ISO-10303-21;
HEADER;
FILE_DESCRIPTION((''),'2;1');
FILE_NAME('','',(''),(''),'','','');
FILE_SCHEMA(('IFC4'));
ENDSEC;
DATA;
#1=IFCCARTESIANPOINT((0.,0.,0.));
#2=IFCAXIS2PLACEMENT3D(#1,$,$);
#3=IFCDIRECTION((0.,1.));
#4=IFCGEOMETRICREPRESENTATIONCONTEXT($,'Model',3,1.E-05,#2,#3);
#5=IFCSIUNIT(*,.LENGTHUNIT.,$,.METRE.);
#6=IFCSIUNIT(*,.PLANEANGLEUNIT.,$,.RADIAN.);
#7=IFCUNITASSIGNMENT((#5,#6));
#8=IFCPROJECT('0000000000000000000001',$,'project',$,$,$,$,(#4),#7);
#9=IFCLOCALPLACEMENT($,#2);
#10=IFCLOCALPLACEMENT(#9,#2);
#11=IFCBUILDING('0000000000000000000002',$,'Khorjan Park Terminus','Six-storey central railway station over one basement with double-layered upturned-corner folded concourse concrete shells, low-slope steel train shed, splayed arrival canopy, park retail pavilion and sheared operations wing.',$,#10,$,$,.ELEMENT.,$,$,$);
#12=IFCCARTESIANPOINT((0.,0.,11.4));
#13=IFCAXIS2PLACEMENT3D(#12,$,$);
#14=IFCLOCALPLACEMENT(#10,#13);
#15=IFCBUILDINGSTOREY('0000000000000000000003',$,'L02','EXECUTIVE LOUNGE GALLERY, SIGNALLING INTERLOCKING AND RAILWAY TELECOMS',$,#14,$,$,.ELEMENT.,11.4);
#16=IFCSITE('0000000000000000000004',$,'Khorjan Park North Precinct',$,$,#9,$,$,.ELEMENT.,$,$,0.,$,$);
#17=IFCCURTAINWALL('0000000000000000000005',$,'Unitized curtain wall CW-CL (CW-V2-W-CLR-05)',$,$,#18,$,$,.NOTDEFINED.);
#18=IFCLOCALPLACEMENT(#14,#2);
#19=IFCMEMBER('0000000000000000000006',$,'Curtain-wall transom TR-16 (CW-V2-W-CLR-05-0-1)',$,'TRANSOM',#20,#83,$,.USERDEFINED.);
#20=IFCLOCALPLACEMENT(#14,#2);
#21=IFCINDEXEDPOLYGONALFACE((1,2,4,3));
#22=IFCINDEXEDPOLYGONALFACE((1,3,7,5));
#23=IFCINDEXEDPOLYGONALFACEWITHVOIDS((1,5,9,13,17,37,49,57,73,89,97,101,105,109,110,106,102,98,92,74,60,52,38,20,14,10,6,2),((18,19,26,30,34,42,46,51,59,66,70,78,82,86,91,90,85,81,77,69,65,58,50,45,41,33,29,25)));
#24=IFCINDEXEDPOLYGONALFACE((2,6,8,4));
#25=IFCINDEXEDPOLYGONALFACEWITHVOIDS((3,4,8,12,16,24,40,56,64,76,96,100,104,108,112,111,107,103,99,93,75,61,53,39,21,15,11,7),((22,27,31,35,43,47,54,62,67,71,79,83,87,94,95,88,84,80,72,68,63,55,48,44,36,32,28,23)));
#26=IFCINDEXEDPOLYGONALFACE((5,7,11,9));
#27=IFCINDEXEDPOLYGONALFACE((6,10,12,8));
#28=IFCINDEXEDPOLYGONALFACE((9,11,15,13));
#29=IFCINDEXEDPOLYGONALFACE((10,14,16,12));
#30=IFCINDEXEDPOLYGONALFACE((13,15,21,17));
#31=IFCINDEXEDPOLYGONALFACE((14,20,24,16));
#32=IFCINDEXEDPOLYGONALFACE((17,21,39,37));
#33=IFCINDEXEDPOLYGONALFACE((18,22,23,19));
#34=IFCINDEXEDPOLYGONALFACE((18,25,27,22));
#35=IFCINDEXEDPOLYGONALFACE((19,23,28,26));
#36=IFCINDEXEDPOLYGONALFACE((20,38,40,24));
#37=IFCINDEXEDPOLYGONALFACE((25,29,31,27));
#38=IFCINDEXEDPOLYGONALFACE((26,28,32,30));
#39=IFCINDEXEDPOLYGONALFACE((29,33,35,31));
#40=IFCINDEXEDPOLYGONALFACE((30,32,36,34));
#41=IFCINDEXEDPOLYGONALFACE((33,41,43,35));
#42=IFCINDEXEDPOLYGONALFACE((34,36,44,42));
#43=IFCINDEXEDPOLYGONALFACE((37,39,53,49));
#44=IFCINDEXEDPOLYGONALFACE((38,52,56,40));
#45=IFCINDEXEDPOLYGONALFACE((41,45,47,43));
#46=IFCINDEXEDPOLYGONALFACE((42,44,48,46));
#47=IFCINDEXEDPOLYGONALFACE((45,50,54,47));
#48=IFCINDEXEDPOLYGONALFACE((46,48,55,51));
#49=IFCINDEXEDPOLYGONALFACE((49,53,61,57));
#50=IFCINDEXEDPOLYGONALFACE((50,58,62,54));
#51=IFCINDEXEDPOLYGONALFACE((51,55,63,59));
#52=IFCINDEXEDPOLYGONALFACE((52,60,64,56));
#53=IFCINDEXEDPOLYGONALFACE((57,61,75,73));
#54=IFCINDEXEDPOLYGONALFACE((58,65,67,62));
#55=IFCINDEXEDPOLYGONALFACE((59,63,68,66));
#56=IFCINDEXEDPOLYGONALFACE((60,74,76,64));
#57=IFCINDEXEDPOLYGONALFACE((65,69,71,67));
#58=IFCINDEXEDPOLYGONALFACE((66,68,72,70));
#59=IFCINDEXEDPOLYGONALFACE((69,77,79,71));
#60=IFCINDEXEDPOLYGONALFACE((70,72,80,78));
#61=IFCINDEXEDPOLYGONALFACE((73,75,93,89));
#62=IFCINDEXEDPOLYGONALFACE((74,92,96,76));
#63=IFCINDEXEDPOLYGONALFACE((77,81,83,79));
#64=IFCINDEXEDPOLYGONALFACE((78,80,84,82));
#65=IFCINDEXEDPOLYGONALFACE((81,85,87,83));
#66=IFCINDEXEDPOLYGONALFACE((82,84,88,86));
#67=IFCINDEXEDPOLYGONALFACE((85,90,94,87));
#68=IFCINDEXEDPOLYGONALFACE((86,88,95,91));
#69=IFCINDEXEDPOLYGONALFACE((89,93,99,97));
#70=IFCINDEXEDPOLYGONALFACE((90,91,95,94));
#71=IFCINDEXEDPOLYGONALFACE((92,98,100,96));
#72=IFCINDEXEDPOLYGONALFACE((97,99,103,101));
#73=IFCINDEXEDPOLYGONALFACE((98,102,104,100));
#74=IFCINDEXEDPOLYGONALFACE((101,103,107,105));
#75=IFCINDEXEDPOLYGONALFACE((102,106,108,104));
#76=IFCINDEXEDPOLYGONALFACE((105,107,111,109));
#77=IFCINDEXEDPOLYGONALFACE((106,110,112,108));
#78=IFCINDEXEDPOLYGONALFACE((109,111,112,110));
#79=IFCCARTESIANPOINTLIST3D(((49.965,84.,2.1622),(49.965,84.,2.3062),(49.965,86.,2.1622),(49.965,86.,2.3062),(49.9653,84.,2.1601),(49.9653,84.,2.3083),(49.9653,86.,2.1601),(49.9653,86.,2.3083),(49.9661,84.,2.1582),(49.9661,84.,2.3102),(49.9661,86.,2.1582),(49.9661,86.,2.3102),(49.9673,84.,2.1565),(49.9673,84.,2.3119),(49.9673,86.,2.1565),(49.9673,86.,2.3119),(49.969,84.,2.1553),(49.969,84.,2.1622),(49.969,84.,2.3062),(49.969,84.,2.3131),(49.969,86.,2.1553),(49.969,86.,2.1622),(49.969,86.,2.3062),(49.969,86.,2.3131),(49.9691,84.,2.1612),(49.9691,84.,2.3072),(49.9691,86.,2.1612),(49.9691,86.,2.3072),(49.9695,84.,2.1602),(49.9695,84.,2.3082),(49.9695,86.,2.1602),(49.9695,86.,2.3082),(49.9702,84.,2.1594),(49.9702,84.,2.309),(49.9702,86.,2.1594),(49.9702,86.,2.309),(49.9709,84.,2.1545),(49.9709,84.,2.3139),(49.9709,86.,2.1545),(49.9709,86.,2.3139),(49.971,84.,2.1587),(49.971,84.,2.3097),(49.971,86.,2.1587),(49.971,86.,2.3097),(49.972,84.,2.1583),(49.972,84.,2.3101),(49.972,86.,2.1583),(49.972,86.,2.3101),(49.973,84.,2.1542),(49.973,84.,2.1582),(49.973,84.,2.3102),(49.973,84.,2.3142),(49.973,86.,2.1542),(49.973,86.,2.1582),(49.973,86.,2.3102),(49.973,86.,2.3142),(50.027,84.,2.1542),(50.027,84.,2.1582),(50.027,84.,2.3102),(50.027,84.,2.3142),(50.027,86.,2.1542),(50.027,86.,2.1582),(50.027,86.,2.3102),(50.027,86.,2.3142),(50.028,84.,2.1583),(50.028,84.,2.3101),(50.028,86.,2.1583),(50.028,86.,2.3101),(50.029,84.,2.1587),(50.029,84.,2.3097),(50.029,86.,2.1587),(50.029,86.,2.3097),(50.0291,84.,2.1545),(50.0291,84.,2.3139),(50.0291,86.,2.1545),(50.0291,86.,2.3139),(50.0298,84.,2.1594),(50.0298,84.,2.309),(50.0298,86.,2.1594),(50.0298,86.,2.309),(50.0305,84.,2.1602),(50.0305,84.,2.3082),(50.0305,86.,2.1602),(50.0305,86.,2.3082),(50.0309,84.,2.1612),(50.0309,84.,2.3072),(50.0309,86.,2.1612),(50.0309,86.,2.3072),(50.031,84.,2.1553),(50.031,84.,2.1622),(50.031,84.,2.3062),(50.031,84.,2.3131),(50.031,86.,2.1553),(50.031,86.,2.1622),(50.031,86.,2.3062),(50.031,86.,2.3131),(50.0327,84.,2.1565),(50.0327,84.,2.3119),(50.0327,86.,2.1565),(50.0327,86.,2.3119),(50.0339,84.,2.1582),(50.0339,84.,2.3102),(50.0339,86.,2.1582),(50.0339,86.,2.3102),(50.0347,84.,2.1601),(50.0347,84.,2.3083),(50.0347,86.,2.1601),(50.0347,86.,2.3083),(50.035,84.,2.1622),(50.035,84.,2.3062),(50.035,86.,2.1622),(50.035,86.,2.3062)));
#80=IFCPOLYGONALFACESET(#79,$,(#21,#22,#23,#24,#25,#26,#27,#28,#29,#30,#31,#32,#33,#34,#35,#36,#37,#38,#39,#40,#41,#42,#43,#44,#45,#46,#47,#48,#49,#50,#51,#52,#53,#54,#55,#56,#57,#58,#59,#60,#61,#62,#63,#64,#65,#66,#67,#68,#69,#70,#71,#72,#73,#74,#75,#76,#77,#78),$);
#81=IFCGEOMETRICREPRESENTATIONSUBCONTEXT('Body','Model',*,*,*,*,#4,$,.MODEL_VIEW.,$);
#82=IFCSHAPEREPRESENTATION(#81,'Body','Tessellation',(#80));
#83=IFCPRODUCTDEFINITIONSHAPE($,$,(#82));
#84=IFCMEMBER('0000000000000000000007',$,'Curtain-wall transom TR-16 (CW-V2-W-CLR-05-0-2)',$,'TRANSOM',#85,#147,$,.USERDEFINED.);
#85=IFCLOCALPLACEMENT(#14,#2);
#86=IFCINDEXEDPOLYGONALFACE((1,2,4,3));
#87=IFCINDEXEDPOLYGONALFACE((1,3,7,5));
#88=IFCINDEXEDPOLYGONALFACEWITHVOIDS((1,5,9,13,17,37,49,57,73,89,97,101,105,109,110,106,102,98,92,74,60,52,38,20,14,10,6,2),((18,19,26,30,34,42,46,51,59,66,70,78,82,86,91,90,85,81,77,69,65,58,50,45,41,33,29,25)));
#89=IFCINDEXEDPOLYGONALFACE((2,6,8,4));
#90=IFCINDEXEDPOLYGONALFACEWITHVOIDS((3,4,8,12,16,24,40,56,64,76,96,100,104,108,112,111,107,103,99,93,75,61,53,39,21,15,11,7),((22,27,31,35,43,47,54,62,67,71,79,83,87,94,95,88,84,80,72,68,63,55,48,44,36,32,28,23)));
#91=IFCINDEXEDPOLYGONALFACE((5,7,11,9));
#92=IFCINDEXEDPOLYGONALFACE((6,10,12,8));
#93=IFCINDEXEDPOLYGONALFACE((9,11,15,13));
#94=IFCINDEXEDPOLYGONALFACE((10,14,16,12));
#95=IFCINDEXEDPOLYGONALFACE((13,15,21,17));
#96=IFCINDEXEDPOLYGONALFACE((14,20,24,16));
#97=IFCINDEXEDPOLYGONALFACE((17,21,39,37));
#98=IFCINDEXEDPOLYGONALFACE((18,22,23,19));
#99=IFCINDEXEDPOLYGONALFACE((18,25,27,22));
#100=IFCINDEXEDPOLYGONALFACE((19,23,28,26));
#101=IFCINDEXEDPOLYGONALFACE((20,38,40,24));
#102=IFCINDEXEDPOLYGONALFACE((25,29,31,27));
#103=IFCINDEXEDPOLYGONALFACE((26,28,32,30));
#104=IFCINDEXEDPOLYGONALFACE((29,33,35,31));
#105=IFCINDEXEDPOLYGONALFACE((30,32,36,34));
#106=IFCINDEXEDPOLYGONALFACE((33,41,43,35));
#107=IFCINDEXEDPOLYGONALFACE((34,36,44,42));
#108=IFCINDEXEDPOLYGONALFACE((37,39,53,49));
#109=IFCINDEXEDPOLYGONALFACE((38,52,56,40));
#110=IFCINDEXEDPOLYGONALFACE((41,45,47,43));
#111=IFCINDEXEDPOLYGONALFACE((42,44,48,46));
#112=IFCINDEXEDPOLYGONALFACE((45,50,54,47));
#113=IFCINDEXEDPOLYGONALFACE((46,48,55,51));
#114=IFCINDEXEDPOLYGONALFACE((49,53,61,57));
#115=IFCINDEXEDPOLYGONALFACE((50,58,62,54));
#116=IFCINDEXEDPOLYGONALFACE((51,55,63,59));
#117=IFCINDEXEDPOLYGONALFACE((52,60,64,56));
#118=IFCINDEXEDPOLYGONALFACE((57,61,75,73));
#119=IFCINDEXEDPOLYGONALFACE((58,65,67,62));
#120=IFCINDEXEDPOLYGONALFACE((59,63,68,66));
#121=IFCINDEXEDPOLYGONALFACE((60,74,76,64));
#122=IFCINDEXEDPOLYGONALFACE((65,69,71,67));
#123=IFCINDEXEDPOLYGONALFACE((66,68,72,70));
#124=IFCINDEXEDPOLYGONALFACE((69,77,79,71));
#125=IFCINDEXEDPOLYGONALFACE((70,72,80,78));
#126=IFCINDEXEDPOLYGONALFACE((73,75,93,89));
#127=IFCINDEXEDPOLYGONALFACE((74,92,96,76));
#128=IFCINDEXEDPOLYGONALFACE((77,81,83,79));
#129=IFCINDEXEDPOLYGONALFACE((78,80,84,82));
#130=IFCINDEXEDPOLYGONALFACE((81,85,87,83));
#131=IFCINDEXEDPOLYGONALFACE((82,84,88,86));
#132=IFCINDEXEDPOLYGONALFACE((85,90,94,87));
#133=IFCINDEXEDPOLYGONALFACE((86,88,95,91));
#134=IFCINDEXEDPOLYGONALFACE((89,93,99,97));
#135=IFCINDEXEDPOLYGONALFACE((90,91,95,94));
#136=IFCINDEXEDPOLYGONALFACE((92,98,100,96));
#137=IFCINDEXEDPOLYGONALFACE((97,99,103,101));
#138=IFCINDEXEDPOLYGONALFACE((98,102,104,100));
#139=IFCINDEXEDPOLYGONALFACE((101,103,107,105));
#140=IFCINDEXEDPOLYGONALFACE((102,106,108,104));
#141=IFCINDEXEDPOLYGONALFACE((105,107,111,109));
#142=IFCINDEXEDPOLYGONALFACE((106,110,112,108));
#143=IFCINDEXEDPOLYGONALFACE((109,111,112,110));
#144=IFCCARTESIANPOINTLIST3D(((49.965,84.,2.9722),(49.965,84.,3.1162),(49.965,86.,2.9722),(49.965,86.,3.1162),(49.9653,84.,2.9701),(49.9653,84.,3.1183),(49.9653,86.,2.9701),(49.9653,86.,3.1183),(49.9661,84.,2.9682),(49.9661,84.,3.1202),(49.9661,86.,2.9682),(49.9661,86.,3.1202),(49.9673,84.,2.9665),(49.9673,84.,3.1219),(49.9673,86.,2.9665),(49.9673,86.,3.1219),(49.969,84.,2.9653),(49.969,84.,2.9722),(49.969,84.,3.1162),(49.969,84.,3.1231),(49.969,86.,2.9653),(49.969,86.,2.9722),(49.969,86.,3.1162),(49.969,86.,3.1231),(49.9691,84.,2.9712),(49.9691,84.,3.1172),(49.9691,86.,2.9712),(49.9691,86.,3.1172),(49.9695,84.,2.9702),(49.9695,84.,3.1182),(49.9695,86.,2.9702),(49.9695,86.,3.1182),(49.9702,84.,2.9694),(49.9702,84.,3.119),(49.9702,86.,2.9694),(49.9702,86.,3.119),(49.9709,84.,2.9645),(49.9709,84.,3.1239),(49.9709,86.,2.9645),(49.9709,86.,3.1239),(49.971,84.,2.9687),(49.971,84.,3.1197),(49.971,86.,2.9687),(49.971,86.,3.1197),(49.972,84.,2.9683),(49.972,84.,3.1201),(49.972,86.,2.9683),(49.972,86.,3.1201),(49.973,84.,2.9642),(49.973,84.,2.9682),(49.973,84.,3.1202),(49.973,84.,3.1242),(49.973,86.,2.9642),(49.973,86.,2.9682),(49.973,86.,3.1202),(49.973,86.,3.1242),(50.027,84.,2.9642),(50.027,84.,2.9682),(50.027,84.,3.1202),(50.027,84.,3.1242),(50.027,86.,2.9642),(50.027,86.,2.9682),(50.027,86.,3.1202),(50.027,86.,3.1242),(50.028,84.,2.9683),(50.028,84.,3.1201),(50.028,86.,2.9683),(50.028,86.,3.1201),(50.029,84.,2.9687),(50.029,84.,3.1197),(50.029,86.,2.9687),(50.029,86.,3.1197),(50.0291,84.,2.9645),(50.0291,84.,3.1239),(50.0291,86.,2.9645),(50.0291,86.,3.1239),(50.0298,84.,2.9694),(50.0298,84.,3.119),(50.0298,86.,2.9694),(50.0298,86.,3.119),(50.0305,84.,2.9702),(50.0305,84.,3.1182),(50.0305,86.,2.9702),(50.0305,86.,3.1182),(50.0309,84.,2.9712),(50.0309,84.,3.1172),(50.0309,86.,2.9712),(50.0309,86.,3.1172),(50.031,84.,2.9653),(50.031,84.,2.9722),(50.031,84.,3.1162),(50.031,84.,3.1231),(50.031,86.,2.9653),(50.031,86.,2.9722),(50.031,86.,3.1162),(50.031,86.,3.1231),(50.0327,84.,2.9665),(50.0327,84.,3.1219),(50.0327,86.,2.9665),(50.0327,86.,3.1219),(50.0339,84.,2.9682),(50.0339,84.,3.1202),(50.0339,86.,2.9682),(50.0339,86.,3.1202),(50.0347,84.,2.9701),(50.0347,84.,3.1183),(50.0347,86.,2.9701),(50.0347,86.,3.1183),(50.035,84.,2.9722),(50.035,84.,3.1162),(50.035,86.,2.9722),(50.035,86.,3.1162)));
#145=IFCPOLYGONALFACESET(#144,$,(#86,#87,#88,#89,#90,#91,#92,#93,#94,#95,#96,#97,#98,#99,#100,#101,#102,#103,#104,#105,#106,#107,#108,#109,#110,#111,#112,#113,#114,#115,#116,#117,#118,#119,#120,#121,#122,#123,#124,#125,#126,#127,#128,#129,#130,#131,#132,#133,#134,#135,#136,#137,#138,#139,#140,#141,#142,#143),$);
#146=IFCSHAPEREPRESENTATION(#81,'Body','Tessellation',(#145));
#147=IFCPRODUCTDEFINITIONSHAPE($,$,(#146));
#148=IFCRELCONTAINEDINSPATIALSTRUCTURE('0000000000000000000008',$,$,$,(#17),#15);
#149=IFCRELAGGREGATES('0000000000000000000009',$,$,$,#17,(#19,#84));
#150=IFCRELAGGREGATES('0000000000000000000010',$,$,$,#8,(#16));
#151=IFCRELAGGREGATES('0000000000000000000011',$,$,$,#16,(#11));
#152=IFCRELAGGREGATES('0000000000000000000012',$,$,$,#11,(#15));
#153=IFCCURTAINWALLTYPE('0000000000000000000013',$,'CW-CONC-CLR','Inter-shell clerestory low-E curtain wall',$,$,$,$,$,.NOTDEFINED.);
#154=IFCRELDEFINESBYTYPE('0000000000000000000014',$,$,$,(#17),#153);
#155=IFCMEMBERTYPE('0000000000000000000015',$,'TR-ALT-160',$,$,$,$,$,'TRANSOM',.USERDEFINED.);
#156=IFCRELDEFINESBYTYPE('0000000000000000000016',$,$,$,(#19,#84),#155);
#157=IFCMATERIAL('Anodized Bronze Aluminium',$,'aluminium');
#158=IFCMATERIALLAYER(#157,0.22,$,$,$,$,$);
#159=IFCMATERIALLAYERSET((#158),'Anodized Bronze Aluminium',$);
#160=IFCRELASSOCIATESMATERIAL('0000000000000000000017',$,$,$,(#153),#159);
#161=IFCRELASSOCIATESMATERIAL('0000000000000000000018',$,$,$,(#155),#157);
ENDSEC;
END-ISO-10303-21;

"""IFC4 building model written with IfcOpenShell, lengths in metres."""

from ifc_helpers import new_model, si_unit, direction, frame, origin, origin_2d, place, context, subcontext, project, spatial, hollow_rectangle, extrude, material, layer, layer_set, material_profile, profile_set, type_object, element, aggregate, save


model = new_model("IFC4")

# Units and contexts
model_context = context("Model", 3, precision=1e-05, world=origin(), true_north=direction((0.0, 1.0)))
body_context = subcontext(model_context, "Body", "Model", "MODEL_VIEW")
ifc_project = project(units=[si_unit("LENGTHUNIT", "METRE"), si_unit("PLANEANGLEUNIT", "RADIAN")], contexts=[model_context])

# Site, building, storey
site_placement = place(None, origin())
site = spatial("IfcSite", under=ifc_project, at=site_placement, Name="Khorjan Park North Precinct", CompositionType="ELEMENT", RefElevation=0.0)
building_placement = place(site_placement, origin())
building = spatial("IfcBuilding", under=site, at=building_placement, Name="Khorjan Park Terminus", Description="Six-storey central railway station over one basement with double-layered upturned-corner folded concourse concrete shells, low-slope steel train shed, splayed arrival canopy, park retail pavilion and sheared operations wing.", CompositionType="ELEMENT")
storey_placement = place(building_placement, frame((0.0, 0.0, 11.4)))
storey = spatial("IfcBuildingStorey", under=building, at=storey_placement, Name="L02", Description="EXECUTIVE LOUNGE GALLERY, SIGNALLING INTERLOCKING AND RAILWAY TELECOMS", CompositionType="ELEMENT", Elevation=11.4)

# Curtain wall, members
ifc_material_1 = material(Name="Anodized Bronze Aluminium", Category="aluminium")
ifc_layer_1 = layer(ifc_material_1, 0.22)
ifc_layer_set_1 = layer_set([ifc_layer_1], Name="Anodized Bronze Aluminium")
curtain_wall_type = type_object("IfcCurtainWallType", Name="CW-CONC-CLR", Description="Inter-shell clerestory low-E curtain wall", PredefinedType="NOTDEFINED", material=ifc_layer_set_1)
ifc_material_profile_1 = material_profile(ifc_material_1, hollow_rectangle(XDim=0.07, YDim=0.16, WallThickness=0.004, InnerFilletRadius=0.004, OuterFilletRadius=0.008, at=origin_2d()), Name="ALT 70x160x4")
ifc_profile_set_1 = profile_set([ifc_material_profile_1], Name="Anodized Bronze Aluminium")
member_type_1 = type_object("IfcMemberType", Name="TR-ALT-160", ElementType="TRANSOM", PredefinedType="USERDEFINED", material=ifc_profile_set_1)
curtain_wall_1_placement = place(storey_placement, origin())
curtain_wall_1 = element("IfcCurtainWall", 1, at=curtain_wall_1_placement, inside=storey, type_object=curtain_wall_type, Name="Unitized curtain wall CW-CL (CW-V2-W-CLR-05)", PredefinedType="NOTDEFINED")
member_1_placement = place(storey_placement, frame((50.0, 86.0, 2.2342), z_axis=(0.0, -1.0, 0.0), x_axis=(1.0, 0.0, 0.0)))
member_1 = element("IfcMember", 2, at=member_1_placement, type_object=member_type_1, Name="Curtain-wall transom TR-16 (CW-V2-W-CLR-05-0-1)", ObjectType="TRANSOM", PredefinedType="USERDEFINED", context=body_context, shape_type="SweptSolid", body=[
    extrude(hollow_rectangle(XDim=0.07, YDim=0.16, WallThickness=0.004, InnerFilletRadius=0.004, OuterFilletRadius=0.008, at=origin_2d()), origin(), (0.0, 0.0, 1.0), 2.0),
])
member_2_placement = place(storey_placement, frame((50.0, 86.0, 3.0442), z_axis=(0.0, -1.0, 0.0), x_axis=(1.0, 0.0, 0.0)))
member_2 = element("IfcMember", 3, at=member_2_placement, type_object=member_type_1, Name="Curtain-wall transom TR-16 (CW-V2-W-CLR-05-0-2)", ObjectType="TRANSOM", PredefinedType="USERDEFINED", context=body_context, shape_type="SweptSolid", body=[
    extrude(hollow_rectangle(XDim=0.07, YDim=0.16, WallThickness=0.004, InnerFilletRadius=0.004, OuterFilletRadius=0.008, at=origin_2d()), origin(), (0.0, 0.0, 1.0), 2.0),
])

aggregate(curtain_wall_1, [member_1, member_2])

save(model, "model.ifc")
